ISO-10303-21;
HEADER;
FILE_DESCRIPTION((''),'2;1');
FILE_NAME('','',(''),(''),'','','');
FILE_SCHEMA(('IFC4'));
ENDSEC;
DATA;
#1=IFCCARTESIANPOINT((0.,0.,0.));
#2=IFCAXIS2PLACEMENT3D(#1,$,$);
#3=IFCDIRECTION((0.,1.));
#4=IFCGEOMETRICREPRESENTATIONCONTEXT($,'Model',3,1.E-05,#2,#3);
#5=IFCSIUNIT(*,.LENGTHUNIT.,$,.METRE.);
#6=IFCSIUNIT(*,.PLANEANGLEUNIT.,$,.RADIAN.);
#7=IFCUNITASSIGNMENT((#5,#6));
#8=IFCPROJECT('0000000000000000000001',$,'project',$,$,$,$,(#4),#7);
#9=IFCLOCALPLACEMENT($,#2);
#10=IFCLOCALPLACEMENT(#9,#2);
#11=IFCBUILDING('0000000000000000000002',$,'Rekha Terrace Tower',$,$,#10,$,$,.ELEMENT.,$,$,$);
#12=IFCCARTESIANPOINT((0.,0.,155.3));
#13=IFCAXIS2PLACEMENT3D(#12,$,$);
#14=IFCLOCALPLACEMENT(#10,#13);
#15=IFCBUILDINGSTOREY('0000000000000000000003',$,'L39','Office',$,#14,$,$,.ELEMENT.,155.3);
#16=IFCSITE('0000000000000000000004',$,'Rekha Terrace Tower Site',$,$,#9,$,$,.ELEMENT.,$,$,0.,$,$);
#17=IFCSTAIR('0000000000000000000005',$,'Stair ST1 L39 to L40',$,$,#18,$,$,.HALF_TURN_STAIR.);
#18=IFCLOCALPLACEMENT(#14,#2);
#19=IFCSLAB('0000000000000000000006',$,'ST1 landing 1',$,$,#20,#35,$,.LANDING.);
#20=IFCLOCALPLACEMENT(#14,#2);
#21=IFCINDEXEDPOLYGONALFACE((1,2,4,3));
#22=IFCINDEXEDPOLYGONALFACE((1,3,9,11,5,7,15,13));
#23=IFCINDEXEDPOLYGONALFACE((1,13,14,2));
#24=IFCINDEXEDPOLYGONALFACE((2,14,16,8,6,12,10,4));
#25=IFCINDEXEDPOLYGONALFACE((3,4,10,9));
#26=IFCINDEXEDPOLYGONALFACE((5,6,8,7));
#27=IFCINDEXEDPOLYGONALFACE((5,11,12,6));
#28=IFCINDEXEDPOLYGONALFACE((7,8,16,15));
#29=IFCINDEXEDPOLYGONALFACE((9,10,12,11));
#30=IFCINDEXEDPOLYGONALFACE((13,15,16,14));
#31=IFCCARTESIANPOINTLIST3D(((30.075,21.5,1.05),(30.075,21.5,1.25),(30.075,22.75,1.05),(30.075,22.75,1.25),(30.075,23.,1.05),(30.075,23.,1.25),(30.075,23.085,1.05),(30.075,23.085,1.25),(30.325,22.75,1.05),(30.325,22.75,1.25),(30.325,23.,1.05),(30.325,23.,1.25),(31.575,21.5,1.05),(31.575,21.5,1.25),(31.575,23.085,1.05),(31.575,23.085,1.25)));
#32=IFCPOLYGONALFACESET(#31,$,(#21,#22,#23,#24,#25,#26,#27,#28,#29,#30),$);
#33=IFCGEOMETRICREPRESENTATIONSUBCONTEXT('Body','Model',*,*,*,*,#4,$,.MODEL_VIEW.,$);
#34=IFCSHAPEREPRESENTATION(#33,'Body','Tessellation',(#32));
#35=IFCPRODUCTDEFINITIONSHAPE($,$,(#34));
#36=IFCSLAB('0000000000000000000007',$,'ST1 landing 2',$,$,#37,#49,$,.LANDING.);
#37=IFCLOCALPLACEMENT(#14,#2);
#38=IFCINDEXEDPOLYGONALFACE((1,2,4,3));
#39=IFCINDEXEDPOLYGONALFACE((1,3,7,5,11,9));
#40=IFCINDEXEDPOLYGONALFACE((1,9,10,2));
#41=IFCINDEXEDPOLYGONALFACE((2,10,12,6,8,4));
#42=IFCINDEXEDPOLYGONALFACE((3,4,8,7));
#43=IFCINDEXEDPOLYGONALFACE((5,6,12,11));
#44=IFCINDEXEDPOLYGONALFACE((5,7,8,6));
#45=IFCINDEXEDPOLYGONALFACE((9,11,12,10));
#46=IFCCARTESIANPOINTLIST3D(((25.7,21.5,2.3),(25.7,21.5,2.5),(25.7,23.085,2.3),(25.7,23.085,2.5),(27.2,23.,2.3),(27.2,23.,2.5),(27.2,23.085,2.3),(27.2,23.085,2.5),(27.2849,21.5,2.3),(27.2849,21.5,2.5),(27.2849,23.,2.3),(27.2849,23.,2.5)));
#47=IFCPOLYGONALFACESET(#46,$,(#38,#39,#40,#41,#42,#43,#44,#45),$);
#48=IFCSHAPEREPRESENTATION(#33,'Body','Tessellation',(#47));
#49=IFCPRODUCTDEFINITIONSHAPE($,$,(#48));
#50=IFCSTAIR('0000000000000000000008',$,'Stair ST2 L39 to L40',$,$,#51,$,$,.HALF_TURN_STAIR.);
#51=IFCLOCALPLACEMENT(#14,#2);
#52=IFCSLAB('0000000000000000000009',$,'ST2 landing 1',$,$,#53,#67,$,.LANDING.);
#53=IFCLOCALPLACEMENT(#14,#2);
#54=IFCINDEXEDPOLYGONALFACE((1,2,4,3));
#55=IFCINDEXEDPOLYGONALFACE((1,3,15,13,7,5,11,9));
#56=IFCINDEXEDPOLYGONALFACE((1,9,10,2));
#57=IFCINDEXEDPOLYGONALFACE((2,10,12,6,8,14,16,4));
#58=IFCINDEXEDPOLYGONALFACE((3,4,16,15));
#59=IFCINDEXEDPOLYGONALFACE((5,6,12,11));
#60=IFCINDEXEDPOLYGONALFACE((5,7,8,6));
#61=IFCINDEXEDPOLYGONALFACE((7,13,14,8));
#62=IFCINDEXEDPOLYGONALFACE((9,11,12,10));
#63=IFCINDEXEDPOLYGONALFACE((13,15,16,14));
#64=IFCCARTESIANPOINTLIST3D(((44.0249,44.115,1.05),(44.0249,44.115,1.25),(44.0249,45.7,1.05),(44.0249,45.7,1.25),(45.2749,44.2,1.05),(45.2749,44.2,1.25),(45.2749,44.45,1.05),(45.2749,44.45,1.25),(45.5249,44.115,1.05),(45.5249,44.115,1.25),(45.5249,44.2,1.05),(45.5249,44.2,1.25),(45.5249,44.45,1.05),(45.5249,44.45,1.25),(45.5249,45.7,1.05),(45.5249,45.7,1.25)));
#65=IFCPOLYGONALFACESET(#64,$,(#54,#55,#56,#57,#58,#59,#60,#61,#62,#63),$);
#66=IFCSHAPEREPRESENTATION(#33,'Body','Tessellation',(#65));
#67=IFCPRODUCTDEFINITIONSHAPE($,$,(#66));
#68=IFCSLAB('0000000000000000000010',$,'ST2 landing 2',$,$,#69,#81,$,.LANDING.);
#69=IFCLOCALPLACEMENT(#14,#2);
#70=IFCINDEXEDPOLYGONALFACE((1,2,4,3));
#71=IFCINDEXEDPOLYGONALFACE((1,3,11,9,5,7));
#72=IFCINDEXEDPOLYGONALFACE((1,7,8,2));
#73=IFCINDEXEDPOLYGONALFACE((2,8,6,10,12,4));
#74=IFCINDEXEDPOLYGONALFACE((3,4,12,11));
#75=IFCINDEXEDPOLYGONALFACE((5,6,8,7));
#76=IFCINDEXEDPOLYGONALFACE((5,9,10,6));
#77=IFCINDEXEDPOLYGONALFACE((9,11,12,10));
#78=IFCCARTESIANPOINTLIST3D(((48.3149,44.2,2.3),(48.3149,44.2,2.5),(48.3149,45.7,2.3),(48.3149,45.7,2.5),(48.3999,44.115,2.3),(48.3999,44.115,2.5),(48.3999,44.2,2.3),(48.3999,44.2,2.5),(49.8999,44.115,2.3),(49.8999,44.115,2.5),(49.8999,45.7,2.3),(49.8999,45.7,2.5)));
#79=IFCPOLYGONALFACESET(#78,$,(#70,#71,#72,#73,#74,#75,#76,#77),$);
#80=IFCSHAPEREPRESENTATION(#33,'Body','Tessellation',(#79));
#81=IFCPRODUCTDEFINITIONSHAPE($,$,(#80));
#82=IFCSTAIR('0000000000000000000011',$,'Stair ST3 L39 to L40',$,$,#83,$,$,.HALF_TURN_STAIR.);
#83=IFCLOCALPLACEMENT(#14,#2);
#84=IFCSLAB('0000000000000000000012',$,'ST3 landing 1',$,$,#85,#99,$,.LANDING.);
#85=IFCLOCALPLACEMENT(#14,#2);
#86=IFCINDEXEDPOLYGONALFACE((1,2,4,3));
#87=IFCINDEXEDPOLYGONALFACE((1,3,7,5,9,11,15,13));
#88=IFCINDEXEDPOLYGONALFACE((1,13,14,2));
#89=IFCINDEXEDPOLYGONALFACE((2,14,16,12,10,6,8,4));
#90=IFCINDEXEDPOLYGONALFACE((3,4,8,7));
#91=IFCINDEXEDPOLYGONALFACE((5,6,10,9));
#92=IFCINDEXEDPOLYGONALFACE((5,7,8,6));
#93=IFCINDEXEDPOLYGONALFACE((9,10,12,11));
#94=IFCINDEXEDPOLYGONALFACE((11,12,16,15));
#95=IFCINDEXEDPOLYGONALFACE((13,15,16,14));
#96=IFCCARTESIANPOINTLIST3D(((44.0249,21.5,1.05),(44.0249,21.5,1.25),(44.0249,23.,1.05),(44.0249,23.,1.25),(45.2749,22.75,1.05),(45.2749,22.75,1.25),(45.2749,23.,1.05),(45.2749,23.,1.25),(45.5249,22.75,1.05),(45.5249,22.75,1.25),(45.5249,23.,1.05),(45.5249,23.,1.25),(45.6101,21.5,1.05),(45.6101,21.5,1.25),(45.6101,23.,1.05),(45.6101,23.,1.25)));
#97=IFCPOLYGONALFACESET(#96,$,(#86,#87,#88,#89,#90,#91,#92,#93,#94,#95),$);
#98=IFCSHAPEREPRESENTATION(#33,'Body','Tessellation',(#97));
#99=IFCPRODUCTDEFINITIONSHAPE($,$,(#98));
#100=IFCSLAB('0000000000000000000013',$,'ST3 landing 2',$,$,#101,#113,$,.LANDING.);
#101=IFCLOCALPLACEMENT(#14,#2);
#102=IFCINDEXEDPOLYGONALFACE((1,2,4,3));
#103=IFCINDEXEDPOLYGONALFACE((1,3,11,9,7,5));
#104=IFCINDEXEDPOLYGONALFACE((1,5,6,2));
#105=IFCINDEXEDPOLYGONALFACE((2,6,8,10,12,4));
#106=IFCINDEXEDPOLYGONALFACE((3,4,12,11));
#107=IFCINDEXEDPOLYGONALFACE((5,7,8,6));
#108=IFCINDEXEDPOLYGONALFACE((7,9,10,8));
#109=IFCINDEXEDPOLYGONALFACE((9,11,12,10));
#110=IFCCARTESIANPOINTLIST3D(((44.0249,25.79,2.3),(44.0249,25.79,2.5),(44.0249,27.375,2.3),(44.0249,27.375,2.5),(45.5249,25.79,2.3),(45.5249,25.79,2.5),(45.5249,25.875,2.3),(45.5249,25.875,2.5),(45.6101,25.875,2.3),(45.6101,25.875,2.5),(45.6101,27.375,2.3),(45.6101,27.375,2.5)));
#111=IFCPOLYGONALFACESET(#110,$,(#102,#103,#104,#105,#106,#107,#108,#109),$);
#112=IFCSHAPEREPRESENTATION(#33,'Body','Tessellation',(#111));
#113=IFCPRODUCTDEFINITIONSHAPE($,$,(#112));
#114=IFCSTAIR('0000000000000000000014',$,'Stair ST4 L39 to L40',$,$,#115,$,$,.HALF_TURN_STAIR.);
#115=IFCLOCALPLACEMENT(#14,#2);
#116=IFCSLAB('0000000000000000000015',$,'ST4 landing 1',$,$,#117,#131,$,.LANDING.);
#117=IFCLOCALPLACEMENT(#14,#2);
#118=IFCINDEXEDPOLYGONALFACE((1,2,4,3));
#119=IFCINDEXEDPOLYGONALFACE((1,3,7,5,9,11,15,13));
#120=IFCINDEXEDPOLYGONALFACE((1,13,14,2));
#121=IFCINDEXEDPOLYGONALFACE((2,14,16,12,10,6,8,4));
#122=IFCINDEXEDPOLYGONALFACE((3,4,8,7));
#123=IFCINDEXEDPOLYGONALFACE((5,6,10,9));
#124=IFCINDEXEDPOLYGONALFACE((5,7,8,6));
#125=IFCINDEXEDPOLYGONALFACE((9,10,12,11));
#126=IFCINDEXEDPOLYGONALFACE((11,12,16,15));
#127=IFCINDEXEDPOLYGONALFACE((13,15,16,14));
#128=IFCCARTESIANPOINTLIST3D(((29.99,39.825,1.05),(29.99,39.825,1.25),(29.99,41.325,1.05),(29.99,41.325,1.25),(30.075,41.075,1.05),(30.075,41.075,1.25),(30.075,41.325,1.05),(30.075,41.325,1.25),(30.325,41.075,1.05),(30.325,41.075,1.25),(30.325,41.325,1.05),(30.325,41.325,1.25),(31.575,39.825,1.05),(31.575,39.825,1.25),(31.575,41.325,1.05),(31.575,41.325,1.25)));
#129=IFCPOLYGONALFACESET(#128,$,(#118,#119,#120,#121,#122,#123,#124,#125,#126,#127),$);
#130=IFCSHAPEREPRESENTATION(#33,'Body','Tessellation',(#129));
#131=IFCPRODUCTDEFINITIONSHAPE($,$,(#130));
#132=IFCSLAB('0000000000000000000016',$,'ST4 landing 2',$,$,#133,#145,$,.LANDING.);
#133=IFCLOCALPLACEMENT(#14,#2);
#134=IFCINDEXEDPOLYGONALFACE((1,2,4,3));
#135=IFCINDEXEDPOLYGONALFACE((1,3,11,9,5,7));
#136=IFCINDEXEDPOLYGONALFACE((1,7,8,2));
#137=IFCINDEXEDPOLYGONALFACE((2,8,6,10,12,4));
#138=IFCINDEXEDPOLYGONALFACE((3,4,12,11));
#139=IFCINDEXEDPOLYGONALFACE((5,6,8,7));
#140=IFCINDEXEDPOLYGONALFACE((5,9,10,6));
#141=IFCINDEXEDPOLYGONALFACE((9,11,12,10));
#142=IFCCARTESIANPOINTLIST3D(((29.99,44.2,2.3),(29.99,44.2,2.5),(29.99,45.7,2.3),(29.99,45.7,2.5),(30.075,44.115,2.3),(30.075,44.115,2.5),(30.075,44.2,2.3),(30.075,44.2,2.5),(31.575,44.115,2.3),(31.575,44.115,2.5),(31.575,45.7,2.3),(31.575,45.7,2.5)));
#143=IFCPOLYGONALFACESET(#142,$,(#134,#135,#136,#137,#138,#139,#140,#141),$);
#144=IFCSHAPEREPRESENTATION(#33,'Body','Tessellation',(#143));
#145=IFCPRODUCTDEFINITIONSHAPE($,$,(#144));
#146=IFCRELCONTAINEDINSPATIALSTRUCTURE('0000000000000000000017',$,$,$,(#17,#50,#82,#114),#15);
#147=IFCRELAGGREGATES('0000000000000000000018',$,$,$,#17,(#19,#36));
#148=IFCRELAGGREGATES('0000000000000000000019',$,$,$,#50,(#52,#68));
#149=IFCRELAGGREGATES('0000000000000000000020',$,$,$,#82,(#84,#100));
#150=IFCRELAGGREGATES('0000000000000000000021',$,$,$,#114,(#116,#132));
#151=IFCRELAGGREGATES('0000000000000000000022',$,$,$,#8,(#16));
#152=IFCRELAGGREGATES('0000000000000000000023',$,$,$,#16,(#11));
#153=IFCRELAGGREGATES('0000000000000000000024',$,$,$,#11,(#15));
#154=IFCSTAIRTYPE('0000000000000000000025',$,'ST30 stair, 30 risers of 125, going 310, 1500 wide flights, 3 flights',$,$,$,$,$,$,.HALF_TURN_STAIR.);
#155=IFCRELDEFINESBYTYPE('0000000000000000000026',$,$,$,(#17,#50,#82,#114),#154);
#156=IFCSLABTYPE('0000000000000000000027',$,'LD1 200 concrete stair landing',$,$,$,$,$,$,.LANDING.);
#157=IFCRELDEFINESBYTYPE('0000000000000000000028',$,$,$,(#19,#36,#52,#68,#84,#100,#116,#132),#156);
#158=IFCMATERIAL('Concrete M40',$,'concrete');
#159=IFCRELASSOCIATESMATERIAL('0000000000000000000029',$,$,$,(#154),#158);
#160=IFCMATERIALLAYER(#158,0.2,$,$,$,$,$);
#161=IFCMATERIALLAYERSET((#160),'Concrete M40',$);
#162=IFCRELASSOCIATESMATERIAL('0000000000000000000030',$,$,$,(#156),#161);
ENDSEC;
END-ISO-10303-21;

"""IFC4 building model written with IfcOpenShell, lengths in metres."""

from ifc_helpers import new_model, si_unit, direction, frame, origin, place, context, subcontext, project, spatial, polyline, outline, extrude, material, layer, layer_set, type_object, element, aggregate, save


model = new_model("IFC4")

# Units and contexts
model_context = context("Model", 3, precision=1e-05, world=origin(), true_north=direction((0.0, 1.0)))
body_context = subcontext(model_context, "Body", "Model", "MODEL_VIEW")
ifc_project = project(units=[si_unit("LENGTHUNIT", "METRE"), si_unit("PLANEANGLEUNIT", "RADIAN")], contexts=[model_context])

# Site, building, storey
site_placement = place(None, origin())
site = spatial("IfcSite", under=ifc_project, at=site_placement, Name="Rekha Terrace Tower Site", CompositionType="ELEMENT", RefElevation=0.0)
building_placement = place(site_placement, origin())
building = spatial("IfcBuilding", under=site, at=building_placement, Name="Rekha Terrace Tower", CompositionType="ELEMENT")
storey_placement = place(building_placement, frame((0.0, 0.0, 155.3)))
storey = spatial("IfcBuildingStorey", under=building, at=storey_placement, Name="L39", Description="Office", CompositionType="ELEMENT", Elevation=155.3)

# Stairs, slabs
ifc_material_1 = material(Name="Concrete M40", Category="concrete")
stair_type = type_object("IfcStairType", Name="ST30 stair, 30 risers of 125, going 310, 1500 wide flights, 3 flights", PredefinedType="HALF_TURN_STAIR", material=ifc_material_1)
stair_1_placement = place(storey_placement, origin())
stair_1 = element("IfcStair", 1, at=stair_1_placement, inside=storey, type_object=stair_type, Name="Stair ST1 L39 to L40", PredefinedType="HALF_TURN_STAIR")
ifc_layer_1 = layer(ifc_material_1, 0.2)
ifc_layer_set_1 = layer_set([ifc_layer_1], Name="Concrete M40")
slab_type_1 = type_object("IfcSlabType", Name="LD1 200 concrete stair landing", PredefinedType="LANDING", material=ifc_layer_set_1)
slab_1_placement = place(storey_placement, frame((0.0, 0.0, 1.05)))
slab_1 = element("IfcSlab", 2, at=slab_1_placement, type_object=slab_type_1, Name="ST1 landing 1", PredefinedType="LANDING", context=body_context, shape_type="SweptSolid", body=[
    extrude(outline(polyline([(30.075, 21.5), (31.575, 21.5), (31.575, 23.085), (30.075, 23.085), (30.075, 23.0), (30.325, 23.0), (30.325, 22.75), (30.075, 22.75), (30.075, 21.5)])), origin(), (0.0, 0.0, 1.0), 0.2),
])
slab_2_placement = place(storey_placement, frame((0.0, 0.0, 2.3)))
slab_2 = element("IfcSlab", 3, at=slab_2_placement, type_object=slab_type_1, Name="ST1 landing 2", PredefinedType="LANDING", context=body_context, shape_type="SweptSolid", body=[
    extrude(outline(polyline([(27.2, 23.085), (25.7, 23.085), (25.7, 21.5), (27.2849, 21.5), (27.2849, 23.0), (27.2, 23.0), (27.2, 23.085)])), origin(), (0.0, 0.0, 1.0), 0.2),
])
aggregate(stair_1, [slab_1, slab_2])
stair_2_placement = place(storey_placement, origin())
stair_2 = element("IfcStair", 4, at=stair_2_placement, inside=storey, type_object=stair_type, Name="Stair ST2 L39 to L40", PredefinedType="HALF_TURN_STAIR")
slab_3_placement = place(storey_placement, frame((0.0, 0.0, 1.05)))
slab_3 = element("IfcSlab", 5, at=slab_3_placement, type_object=slab_type_1, Name="ST2 landing 1", PredefinedType="LANDING", context=body_context, shape_type="SweptSolid", body=[
    extrude(outline(polyline([(45.5249, 45.7), (44.0249, 45.7), (44.0249, 44.115), (45.5249, 44.115), (45.5249, 44.2), (45.2749, 44.2), (45.2749, 44.45), (45.5249, 44.45), (45.5249, 45.7)])), origin(), (0.0, 0.0, 1.0), 0.2),
])
slab_4_placement = place(storey_placement, frame((0.0, 0.0, 2.3)))
slab_4 = element("IfcSlab", 6, at=slab_4_placement, type_object=slab_type_1, Name="ST2 landing 2", PredefinedType="LANDING", context=body_context, shape_type="SweptSolid", body=[
    extrude(outline(polyline([(48.3999, 44.115), (49.8999, 44.115), (49.8999, 45.7), (48.3149, 45.7), (48.3149, 44.2), (48.3999, 44.2), (48.3999, 44.115)])), origin(), (0.0, 0.0, 1.0), 0.2),
])
aggregate(stair_2, [slab_3, slab_4])
stair_3_placement = place(storey_placement, origin())
stair_3 = element("IfcStair", 7, at=stair_3_placement, inside=storey, type_object=stair_type, Name="Stair ST3 L39 to L40", PredefinedType="HALF_TURN_STAIR")
slab_5_placement = place(storey_placement, frame((0.0, 0.0, 1.05)))
slab_5 = element("IfcSlab", 8, at=slab_5_placement, type_object=slab_type_1, Name="ST3 landing 1", PredefinedType="LANDING", context=body_context, shape_type="SweptSolid", body=[
    extrude(outline(polyline([(44.0249, 23.0), (44.0249, 21.5), (45.6101, 21.5), (45.6101, 23.0), (45.5249, 23.0), (45.5249, 22.75), (45.2749, 22.75), (45.2749, 23.0), (44.0249, 23.0)])), origin(), (0.0, 0.0, 1.0), 0.2),
])
slab_6_placement = place(storey_placement, frame((0.0, 0.0, 2.3)))
slab_6 = element("IfcSlab", 9, at=slab_6_placement, type_object=slab_type_1, Name="ST3 landing 2", PredefinedType="LANDING", context=body_context, shape_type="SweptSolid", body=[
    extrude(outline(polyline([(45.6101, 25.875), (45.6101, 27.375), (44.0249, 27.375), (44.0249, 25.79), (45.5249, 25.79), (45.5249, 25.875), (45.6101, 25.875)])), origin(), (0.0, 0.0, 1.0), 0.2),
])
aggregate(stair_3, [slab_5, slab_6])
stair_4_placement = place(storey_placement, origin())
stair_4 = element("IfcStair", 10, at=stair_4_placement, inside=storey, type_object=stair_type, Name="Stair ST4 L39 to L40", PredefinedType="HALF_TURN_STAIR")
slab_7_placement = place(storey_placement, frame((0.0, 0.0, 1.05)))
slab_7 = element("IfcSlab", 11, at=slab_7_placement, type_object=slab_type_1, Name="ST4 landing 1", PredefinedType="LANDING", context=body_context, shape_type="SweptSolid", body=[
    extrude(outline(polyline([(31.575, 41.325), (31.575, 39.825), (29.99, 39.825), (29.99, 41.325), (30.075, 41.325), (30.075, 41.075), (30.325, 41.075), (30.325, 41.325), (31.575, 41.325)])), origin(), (0.0, 0.0, 1.0), 0.2),
])
slab_8_placement = place(storey_placement, frame((0.0, 0.0, 2.3)))
slab_8 = element("IfcSlab", 12, at=slab_8_placement, type_object=slab_type_1, Name="ST4 landing 2", PredefinedType="LANDING", context=body_context, shape_type="SweptSolid", body=[
    extrude(outline(polyline([(29.99, 44.2), (29.99, 45.7), (31.575, 45.7), (31.575, 44.115), (30.075, 44.115), (30.075, 44.2), (29.99, 44.2)])), origin(), (0.0, 0.0, 1.0), 0.2),
])
aggregate(stair_4, [slab_7, slab_8])

save(model, "model.ifc")
